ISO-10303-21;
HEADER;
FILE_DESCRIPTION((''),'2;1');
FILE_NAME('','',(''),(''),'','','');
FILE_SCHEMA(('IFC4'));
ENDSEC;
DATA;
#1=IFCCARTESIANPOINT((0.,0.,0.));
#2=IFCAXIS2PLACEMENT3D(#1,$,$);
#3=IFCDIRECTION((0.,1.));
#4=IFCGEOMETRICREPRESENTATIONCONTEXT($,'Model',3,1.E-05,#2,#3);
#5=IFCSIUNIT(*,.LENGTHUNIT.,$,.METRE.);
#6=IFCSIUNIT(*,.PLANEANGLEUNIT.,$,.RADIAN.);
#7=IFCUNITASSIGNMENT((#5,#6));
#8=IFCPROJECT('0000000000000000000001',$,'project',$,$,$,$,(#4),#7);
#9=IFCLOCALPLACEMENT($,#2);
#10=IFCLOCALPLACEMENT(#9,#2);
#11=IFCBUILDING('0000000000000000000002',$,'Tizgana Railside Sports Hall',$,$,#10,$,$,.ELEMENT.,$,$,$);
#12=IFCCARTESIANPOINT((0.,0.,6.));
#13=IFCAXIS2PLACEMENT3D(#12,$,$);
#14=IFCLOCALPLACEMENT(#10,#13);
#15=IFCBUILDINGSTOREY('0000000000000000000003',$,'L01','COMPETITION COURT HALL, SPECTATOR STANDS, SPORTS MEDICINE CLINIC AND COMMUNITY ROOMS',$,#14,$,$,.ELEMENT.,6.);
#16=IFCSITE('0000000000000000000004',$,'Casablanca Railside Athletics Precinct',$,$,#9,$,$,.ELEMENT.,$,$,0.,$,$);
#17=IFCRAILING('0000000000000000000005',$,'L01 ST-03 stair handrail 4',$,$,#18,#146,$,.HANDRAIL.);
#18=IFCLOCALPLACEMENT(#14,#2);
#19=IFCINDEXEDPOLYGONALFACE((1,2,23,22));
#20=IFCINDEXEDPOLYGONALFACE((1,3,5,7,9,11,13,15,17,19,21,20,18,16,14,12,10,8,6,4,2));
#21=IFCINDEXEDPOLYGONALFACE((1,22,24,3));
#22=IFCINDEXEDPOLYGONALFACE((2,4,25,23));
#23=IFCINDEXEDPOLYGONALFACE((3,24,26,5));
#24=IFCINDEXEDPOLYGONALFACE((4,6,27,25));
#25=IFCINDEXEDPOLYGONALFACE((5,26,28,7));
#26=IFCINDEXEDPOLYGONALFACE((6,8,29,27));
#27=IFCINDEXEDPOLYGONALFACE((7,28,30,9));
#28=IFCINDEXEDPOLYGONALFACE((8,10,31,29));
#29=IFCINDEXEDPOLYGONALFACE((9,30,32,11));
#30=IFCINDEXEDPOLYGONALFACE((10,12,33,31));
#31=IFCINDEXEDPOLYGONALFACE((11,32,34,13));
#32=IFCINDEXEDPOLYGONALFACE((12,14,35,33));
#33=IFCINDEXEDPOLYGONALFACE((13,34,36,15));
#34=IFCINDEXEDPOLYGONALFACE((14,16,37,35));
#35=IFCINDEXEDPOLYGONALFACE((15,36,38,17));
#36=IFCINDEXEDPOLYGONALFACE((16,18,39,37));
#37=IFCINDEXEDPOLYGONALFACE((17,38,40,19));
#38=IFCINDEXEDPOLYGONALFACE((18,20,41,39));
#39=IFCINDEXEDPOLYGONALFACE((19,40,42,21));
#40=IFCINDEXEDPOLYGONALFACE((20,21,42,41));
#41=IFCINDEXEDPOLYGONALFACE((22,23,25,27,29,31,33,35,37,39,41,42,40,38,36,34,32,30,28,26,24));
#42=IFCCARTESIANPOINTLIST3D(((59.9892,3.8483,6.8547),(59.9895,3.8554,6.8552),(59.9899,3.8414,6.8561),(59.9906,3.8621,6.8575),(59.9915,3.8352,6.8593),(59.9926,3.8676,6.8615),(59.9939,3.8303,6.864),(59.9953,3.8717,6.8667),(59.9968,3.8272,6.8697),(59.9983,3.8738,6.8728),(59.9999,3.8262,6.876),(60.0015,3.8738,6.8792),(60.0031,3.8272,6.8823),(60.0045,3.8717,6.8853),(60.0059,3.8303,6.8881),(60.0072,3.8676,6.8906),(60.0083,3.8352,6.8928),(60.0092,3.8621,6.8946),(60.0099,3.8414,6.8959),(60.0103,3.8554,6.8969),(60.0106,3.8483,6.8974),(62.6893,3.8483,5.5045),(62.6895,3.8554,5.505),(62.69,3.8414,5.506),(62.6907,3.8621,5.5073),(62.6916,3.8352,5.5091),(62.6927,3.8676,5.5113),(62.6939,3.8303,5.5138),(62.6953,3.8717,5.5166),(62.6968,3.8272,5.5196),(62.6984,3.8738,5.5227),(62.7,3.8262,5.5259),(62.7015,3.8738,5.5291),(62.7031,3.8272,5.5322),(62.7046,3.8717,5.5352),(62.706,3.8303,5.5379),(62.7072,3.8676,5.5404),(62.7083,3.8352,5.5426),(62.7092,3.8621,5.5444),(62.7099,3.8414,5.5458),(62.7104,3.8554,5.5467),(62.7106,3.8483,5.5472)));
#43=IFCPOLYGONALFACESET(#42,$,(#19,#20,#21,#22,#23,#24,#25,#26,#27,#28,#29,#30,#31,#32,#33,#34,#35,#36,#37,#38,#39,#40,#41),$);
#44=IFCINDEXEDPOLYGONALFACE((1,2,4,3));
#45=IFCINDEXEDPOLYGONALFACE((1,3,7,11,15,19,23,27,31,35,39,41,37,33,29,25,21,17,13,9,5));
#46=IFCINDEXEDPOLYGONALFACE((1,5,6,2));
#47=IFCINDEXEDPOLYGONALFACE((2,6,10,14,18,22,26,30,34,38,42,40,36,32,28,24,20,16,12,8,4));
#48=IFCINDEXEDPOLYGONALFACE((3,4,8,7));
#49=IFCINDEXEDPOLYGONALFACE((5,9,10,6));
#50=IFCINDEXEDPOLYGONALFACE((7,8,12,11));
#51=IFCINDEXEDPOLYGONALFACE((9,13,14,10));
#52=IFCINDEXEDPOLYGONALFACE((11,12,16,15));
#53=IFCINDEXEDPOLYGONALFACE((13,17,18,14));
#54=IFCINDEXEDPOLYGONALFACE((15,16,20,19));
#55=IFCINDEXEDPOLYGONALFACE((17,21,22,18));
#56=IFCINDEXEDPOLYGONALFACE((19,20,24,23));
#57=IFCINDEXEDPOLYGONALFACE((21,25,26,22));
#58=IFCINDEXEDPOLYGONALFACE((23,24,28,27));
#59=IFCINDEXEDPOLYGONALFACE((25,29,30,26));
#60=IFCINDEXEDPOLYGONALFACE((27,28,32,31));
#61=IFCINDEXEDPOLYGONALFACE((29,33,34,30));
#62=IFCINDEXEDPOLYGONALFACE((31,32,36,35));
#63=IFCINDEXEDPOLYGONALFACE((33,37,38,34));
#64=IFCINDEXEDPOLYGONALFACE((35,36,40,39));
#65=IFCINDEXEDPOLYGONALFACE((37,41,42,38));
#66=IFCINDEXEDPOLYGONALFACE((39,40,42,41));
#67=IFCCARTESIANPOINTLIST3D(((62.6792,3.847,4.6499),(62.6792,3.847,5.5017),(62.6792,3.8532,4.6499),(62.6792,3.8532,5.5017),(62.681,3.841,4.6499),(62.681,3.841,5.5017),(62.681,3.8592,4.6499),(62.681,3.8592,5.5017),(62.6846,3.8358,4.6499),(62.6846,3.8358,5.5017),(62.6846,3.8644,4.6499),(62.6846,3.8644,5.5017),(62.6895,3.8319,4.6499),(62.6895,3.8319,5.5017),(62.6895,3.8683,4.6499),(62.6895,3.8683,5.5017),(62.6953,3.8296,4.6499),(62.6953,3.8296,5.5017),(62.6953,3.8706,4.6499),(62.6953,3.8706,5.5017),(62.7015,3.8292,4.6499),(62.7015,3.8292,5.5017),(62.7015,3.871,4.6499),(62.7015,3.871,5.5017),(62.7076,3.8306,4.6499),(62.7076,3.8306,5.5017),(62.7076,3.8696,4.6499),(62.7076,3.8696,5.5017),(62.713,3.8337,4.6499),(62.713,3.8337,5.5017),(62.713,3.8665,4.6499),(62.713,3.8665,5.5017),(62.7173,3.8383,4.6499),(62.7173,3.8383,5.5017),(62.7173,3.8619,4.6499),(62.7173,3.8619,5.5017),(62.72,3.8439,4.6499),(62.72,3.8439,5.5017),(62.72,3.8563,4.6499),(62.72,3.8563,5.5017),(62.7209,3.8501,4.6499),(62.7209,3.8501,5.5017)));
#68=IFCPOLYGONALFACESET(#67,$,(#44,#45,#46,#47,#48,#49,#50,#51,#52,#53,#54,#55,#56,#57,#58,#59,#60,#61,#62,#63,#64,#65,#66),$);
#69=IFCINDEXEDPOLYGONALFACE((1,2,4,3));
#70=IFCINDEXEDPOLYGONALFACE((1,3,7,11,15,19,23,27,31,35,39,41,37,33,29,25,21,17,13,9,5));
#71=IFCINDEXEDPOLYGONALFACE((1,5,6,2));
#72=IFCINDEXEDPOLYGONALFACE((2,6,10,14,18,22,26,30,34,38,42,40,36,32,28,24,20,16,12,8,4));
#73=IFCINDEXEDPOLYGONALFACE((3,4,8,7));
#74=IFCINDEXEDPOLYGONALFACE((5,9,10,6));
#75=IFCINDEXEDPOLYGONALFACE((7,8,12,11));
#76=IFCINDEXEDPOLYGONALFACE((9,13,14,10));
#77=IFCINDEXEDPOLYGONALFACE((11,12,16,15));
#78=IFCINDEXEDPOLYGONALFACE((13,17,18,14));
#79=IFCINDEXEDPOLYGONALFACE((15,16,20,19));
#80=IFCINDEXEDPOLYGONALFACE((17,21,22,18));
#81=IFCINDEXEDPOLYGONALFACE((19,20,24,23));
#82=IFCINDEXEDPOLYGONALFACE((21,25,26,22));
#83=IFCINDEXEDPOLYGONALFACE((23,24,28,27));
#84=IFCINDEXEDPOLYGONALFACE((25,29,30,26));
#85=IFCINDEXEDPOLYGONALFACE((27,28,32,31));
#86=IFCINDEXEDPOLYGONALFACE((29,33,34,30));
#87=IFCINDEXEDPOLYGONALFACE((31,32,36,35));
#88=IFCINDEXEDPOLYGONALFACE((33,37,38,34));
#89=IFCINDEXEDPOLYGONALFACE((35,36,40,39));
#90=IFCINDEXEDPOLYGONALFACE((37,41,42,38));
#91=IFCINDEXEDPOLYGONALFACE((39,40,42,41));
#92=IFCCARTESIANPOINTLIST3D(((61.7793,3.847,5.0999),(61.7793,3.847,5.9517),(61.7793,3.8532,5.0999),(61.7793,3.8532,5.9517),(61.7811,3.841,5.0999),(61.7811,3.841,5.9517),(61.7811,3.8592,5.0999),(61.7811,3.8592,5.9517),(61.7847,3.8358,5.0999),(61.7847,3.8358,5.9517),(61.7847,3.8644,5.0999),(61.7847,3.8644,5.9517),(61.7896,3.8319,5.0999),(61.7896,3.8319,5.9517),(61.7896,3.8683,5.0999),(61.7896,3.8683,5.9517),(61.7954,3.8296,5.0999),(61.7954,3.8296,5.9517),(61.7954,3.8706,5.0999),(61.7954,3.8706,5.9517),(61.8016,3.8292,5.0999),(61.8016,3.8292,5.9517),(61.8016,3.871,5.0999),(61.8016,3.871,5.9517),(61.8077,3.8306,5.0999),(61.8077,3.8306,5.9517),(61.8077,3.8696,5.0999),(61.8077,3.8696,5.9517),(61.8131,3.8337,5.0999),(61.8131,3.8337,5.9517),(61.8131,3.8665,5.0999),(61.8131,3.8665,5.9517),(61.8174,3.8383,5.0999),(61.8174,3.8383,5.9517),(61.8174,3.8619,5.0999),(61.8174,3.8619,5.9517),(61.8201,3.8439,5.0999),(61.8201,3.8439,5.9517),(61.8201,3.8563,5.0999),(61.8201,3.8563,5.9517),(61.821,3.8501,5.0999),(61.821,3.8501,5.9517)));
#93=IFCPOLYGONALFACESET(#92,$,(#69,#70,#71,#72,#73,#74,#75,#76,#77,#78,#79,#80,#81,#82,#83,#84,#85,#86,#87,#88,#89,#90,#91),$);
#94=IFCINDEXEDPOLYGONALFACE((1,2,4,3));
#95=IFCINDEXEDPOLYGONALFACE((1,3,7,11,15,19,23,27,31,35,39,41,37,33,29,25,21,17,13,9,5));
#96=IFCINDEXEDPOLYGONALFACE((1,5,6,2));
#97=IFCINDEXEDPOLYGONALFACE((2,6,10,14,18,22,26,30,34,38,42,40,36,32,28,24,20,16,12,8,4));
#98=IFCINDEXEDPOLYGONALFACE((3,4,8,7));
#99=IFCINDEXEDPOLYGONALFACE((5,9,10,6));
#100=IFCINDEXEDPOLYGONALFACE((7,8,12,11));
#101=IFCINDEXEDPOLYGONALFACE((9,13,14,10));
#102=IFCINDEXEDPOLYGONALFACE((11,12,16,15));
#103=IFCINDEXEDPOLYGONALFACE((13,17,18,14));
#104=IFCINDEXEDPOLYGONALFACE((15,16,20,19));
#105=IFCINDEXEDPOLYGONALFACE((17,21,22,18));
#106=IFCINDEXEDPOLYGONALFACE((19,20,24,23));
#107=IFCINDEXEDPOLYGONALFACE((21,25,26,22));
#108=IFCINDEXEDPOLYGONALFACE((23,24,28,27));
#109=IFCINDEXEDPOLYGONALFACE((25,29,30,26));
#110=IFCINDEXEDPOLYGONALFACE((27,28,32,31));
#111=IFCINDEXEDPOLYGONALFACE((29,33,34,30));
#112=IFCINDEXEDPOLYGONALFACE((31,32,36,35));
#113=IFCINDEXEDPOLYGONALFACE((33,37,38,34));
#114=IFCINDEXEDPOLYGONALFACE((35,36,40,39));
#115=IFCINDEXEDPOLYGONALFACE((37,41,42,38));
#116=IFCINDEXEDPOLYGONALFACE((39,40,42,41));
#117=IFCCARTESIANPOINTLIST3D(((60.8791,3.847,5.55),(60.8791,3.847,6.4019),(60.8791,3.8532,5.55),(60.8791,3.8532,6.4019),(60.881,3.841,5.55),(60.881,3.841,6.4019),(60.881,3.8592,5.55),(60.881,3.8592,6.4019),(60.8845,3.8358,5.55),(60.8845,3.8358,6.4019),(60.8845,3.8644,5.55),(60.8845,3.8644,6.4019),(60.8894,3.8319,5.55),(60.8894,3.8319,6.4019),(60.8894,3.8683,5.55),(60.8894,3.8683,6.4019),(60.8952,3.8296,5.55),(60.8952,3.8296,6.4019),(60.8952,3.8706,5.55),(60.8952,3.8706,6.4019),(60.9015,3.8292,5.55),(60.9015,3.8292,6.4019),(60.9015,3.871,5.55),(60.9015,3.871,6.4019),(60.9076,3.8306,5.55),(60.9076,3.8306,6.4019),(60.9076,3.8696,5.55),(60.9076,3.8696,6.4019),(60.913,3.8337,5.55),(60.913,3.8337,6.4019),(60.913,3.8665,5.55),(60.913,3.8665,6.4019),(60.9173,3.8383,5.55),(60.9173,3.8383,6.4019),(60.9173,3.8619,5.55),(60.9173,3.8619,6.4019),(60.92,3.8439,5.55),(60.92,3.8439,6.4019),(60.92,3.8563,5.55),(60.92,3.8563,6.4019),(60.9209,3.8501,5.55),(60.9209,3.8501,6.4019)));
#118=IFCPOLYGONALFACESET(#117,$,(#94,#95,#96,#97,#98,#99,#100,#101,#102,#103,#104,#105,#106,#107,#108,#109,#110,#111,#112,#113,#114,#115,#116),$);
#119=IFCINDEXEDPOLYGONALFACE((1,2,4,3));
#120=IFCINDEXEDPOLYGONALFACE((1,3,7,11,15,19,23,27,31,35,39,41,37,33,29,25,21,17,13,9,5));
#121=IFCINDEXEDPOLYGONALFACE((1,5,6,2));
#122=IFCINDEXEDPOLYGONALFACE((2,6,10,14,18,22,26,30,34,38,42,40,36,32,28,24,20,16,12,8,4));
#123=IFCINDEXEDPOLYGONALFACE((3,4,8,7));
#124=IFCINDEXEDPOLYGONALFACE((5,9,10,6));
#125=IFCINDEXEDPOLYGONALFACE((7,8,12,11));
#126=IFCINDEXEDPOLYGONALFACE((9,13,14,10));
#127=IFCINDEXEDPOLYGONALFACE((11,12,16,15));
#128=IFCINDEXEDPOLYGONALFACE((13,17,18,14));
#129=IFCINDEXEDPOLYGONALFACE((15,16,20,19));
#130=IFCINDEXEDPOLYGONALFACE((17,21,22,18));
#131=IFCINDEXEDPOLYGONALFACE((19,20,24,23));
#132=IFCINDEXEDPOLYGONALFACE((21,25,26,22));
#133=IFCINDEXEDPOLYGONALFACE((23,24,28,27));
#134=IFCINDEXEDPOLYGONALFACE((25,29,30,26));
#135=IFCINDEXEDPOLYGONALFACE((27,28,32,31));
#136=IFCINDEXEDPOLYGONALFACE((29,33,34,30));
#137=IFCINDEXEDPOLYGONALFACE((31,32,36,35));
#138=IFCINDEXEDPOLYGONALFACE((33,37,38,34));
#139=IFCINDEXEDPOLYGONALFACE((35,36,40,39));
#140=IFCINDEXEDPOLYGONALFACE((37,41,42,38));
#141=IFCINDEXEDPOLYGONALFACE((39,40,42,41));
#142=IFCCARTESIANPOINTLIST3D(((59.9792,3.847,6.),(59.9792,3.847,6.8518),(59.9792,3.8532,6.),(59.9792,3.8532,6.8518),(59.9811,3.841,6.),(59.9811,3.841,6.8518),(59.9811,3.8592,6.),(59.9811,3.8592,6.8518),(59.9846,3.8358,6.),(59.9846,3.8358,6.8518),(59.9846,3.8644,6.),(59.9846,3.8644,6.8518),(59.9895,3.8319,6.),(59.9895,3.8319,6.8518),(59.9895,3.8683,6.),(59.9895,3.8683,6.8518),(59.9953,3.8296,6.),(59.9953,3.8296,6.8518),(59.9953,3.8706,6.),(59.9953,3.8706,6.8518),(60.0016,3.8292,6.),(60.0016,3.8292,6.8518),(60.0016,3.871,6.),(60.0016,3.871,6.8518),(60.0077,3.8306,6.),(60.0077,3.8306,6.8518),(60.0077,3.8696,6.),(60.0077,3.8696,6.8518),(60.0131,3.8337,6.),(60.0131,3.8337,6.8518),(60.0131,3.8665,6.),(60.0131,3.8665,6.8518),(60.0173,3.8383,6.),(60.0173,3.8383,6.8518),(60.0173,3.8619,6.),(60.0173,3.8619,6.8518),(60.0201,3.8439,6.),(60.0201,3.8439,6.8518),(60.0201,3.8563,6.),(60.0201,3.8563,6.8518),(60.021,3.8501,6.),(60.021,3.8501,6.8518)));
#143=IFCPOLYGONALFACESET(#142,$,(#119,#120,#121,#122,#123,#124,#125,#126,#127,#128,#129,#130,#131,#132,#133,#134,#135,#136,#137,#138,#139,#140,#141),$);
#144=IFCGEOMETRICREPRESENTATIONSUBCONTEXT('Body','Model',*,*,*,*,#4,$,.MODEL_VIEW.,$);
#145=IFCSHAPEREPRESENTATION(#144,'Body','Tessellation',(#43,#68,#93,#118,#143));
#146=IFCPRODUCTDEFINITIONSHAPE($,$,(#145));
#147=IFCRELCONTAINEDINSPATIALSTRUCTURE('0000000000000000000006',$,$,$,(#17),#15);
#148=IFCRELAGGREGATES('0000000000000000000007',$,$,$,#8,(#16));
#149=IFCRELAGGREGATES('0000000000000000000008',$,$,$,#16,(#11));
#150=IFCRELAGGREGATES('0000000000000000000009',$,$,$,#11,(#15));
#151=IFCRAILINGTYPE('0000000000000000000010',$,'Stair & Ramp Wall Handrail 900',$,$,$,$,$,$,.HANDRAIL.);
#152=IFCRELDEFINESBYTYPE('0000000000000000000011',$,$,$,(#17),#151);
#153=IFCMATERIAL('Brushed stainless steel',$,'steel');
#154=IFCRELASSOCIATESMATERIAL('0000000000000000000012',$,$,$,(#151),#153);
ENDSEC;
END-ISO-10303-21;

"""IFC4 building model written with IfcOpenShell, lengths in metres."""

from ifc_helpers import new_model, si_unit, direction, frame, origin, origin_2d, place, context, subcontext, project, spatial, circle, extrude, material, type_object, element, save


model = new_model("IFC4")

# Units and contexts
model_context = context("Model", 3, precision=1e-05, world=origin(), true_north=direction((0.0, 1.0)))
body_context = subcontext(model_context, "Body", "Model", "MODEL_VIEW")
ifc_project = project(units=[si_unit("LENGTHUNIT", "METRE"), si_unit("PLANEANGLEUNIT", "RADIAN")], contexts=[model_context])

# Site, building, storey
site_placement = place(None, origin())
site = spatial("IfcSite", under=ifc_project, at=site_placement, Name="Casablanca Railside Athletics Precinct", CompositionType="ELEMENT", RefElevation=0.0)
building_placement = place(site_placement, origin())
building = spatial("IfcBuilding", under=site, at=building_placement, Name="Tizgana Railside Sports Hall", CompositionType="ELEMENT")
storey_placement = place(building_placement, frame((0.0, 0.0, 6.0)))
storey = spatial("IfcBuildingStorey", under=building, at=storey_placement, Name="L01", Description="COMPETITION COURT HALL, SPECTATOR STANDS, SPORTS MEDICINE CLINIC AND COMMUNITY ROOMS", CompositionType="ELEMENT", Elevation=6.0)

# Shared definitions
ifc_material_1 = material(Name="Brushed stainless steel", Category="steel")

# Railing
railing_type_1 = type_object("IfcRailingType", Name="Stair & Ramp Wall Handrail 900", PredefinedType="HANDRAIL", material=ifc_material_1)
railing_1_placement = place(storey_placement, frame((62.7, 3.8501, 4.6499)))
element("IfcRailing", 1, at=railing_1_placement, inside=storey, type_object=railing_type_1, Name="L01 ST-03 stair handrail 4", PredefinedType="HANDRAIL", context=body_context, shape_type="SweptSolid", body=[
    extrude(circle(Radius=0.0239, at=origin_2d()), frame((0.0, 0.0, 0.876), z_axis=(-0.894411, 0.0, 0.447246), x_axis=(0.0, -1.0, 0.0)), (0.0, 0.0, 1.0), 3.0188),
    extrude(circle(Radius=0.021, at=origin_2d()), origin(), (0.0, 0.0, 1.0), 0.8518),
    extrude(circle(Radius=0.021, at=origin_2d()), frame((-0.8999, 0.0, 0.45)), (0.0, 0.0, 1.0), 0.8518),
    extrude(circle(Radius=0.021, at=origin_2d()), frame((-1.8, 0.0, 0.9001)), (0.0, 0.0, 1.0), 0.8518),
    extrude(circle(Radius=0.021, at=origin_2d()), frame((-2.7, 0.0, 1.3501)), (0.0, 0.0, 1.0), 0.8518),
])

save(model, "model.ifc")
